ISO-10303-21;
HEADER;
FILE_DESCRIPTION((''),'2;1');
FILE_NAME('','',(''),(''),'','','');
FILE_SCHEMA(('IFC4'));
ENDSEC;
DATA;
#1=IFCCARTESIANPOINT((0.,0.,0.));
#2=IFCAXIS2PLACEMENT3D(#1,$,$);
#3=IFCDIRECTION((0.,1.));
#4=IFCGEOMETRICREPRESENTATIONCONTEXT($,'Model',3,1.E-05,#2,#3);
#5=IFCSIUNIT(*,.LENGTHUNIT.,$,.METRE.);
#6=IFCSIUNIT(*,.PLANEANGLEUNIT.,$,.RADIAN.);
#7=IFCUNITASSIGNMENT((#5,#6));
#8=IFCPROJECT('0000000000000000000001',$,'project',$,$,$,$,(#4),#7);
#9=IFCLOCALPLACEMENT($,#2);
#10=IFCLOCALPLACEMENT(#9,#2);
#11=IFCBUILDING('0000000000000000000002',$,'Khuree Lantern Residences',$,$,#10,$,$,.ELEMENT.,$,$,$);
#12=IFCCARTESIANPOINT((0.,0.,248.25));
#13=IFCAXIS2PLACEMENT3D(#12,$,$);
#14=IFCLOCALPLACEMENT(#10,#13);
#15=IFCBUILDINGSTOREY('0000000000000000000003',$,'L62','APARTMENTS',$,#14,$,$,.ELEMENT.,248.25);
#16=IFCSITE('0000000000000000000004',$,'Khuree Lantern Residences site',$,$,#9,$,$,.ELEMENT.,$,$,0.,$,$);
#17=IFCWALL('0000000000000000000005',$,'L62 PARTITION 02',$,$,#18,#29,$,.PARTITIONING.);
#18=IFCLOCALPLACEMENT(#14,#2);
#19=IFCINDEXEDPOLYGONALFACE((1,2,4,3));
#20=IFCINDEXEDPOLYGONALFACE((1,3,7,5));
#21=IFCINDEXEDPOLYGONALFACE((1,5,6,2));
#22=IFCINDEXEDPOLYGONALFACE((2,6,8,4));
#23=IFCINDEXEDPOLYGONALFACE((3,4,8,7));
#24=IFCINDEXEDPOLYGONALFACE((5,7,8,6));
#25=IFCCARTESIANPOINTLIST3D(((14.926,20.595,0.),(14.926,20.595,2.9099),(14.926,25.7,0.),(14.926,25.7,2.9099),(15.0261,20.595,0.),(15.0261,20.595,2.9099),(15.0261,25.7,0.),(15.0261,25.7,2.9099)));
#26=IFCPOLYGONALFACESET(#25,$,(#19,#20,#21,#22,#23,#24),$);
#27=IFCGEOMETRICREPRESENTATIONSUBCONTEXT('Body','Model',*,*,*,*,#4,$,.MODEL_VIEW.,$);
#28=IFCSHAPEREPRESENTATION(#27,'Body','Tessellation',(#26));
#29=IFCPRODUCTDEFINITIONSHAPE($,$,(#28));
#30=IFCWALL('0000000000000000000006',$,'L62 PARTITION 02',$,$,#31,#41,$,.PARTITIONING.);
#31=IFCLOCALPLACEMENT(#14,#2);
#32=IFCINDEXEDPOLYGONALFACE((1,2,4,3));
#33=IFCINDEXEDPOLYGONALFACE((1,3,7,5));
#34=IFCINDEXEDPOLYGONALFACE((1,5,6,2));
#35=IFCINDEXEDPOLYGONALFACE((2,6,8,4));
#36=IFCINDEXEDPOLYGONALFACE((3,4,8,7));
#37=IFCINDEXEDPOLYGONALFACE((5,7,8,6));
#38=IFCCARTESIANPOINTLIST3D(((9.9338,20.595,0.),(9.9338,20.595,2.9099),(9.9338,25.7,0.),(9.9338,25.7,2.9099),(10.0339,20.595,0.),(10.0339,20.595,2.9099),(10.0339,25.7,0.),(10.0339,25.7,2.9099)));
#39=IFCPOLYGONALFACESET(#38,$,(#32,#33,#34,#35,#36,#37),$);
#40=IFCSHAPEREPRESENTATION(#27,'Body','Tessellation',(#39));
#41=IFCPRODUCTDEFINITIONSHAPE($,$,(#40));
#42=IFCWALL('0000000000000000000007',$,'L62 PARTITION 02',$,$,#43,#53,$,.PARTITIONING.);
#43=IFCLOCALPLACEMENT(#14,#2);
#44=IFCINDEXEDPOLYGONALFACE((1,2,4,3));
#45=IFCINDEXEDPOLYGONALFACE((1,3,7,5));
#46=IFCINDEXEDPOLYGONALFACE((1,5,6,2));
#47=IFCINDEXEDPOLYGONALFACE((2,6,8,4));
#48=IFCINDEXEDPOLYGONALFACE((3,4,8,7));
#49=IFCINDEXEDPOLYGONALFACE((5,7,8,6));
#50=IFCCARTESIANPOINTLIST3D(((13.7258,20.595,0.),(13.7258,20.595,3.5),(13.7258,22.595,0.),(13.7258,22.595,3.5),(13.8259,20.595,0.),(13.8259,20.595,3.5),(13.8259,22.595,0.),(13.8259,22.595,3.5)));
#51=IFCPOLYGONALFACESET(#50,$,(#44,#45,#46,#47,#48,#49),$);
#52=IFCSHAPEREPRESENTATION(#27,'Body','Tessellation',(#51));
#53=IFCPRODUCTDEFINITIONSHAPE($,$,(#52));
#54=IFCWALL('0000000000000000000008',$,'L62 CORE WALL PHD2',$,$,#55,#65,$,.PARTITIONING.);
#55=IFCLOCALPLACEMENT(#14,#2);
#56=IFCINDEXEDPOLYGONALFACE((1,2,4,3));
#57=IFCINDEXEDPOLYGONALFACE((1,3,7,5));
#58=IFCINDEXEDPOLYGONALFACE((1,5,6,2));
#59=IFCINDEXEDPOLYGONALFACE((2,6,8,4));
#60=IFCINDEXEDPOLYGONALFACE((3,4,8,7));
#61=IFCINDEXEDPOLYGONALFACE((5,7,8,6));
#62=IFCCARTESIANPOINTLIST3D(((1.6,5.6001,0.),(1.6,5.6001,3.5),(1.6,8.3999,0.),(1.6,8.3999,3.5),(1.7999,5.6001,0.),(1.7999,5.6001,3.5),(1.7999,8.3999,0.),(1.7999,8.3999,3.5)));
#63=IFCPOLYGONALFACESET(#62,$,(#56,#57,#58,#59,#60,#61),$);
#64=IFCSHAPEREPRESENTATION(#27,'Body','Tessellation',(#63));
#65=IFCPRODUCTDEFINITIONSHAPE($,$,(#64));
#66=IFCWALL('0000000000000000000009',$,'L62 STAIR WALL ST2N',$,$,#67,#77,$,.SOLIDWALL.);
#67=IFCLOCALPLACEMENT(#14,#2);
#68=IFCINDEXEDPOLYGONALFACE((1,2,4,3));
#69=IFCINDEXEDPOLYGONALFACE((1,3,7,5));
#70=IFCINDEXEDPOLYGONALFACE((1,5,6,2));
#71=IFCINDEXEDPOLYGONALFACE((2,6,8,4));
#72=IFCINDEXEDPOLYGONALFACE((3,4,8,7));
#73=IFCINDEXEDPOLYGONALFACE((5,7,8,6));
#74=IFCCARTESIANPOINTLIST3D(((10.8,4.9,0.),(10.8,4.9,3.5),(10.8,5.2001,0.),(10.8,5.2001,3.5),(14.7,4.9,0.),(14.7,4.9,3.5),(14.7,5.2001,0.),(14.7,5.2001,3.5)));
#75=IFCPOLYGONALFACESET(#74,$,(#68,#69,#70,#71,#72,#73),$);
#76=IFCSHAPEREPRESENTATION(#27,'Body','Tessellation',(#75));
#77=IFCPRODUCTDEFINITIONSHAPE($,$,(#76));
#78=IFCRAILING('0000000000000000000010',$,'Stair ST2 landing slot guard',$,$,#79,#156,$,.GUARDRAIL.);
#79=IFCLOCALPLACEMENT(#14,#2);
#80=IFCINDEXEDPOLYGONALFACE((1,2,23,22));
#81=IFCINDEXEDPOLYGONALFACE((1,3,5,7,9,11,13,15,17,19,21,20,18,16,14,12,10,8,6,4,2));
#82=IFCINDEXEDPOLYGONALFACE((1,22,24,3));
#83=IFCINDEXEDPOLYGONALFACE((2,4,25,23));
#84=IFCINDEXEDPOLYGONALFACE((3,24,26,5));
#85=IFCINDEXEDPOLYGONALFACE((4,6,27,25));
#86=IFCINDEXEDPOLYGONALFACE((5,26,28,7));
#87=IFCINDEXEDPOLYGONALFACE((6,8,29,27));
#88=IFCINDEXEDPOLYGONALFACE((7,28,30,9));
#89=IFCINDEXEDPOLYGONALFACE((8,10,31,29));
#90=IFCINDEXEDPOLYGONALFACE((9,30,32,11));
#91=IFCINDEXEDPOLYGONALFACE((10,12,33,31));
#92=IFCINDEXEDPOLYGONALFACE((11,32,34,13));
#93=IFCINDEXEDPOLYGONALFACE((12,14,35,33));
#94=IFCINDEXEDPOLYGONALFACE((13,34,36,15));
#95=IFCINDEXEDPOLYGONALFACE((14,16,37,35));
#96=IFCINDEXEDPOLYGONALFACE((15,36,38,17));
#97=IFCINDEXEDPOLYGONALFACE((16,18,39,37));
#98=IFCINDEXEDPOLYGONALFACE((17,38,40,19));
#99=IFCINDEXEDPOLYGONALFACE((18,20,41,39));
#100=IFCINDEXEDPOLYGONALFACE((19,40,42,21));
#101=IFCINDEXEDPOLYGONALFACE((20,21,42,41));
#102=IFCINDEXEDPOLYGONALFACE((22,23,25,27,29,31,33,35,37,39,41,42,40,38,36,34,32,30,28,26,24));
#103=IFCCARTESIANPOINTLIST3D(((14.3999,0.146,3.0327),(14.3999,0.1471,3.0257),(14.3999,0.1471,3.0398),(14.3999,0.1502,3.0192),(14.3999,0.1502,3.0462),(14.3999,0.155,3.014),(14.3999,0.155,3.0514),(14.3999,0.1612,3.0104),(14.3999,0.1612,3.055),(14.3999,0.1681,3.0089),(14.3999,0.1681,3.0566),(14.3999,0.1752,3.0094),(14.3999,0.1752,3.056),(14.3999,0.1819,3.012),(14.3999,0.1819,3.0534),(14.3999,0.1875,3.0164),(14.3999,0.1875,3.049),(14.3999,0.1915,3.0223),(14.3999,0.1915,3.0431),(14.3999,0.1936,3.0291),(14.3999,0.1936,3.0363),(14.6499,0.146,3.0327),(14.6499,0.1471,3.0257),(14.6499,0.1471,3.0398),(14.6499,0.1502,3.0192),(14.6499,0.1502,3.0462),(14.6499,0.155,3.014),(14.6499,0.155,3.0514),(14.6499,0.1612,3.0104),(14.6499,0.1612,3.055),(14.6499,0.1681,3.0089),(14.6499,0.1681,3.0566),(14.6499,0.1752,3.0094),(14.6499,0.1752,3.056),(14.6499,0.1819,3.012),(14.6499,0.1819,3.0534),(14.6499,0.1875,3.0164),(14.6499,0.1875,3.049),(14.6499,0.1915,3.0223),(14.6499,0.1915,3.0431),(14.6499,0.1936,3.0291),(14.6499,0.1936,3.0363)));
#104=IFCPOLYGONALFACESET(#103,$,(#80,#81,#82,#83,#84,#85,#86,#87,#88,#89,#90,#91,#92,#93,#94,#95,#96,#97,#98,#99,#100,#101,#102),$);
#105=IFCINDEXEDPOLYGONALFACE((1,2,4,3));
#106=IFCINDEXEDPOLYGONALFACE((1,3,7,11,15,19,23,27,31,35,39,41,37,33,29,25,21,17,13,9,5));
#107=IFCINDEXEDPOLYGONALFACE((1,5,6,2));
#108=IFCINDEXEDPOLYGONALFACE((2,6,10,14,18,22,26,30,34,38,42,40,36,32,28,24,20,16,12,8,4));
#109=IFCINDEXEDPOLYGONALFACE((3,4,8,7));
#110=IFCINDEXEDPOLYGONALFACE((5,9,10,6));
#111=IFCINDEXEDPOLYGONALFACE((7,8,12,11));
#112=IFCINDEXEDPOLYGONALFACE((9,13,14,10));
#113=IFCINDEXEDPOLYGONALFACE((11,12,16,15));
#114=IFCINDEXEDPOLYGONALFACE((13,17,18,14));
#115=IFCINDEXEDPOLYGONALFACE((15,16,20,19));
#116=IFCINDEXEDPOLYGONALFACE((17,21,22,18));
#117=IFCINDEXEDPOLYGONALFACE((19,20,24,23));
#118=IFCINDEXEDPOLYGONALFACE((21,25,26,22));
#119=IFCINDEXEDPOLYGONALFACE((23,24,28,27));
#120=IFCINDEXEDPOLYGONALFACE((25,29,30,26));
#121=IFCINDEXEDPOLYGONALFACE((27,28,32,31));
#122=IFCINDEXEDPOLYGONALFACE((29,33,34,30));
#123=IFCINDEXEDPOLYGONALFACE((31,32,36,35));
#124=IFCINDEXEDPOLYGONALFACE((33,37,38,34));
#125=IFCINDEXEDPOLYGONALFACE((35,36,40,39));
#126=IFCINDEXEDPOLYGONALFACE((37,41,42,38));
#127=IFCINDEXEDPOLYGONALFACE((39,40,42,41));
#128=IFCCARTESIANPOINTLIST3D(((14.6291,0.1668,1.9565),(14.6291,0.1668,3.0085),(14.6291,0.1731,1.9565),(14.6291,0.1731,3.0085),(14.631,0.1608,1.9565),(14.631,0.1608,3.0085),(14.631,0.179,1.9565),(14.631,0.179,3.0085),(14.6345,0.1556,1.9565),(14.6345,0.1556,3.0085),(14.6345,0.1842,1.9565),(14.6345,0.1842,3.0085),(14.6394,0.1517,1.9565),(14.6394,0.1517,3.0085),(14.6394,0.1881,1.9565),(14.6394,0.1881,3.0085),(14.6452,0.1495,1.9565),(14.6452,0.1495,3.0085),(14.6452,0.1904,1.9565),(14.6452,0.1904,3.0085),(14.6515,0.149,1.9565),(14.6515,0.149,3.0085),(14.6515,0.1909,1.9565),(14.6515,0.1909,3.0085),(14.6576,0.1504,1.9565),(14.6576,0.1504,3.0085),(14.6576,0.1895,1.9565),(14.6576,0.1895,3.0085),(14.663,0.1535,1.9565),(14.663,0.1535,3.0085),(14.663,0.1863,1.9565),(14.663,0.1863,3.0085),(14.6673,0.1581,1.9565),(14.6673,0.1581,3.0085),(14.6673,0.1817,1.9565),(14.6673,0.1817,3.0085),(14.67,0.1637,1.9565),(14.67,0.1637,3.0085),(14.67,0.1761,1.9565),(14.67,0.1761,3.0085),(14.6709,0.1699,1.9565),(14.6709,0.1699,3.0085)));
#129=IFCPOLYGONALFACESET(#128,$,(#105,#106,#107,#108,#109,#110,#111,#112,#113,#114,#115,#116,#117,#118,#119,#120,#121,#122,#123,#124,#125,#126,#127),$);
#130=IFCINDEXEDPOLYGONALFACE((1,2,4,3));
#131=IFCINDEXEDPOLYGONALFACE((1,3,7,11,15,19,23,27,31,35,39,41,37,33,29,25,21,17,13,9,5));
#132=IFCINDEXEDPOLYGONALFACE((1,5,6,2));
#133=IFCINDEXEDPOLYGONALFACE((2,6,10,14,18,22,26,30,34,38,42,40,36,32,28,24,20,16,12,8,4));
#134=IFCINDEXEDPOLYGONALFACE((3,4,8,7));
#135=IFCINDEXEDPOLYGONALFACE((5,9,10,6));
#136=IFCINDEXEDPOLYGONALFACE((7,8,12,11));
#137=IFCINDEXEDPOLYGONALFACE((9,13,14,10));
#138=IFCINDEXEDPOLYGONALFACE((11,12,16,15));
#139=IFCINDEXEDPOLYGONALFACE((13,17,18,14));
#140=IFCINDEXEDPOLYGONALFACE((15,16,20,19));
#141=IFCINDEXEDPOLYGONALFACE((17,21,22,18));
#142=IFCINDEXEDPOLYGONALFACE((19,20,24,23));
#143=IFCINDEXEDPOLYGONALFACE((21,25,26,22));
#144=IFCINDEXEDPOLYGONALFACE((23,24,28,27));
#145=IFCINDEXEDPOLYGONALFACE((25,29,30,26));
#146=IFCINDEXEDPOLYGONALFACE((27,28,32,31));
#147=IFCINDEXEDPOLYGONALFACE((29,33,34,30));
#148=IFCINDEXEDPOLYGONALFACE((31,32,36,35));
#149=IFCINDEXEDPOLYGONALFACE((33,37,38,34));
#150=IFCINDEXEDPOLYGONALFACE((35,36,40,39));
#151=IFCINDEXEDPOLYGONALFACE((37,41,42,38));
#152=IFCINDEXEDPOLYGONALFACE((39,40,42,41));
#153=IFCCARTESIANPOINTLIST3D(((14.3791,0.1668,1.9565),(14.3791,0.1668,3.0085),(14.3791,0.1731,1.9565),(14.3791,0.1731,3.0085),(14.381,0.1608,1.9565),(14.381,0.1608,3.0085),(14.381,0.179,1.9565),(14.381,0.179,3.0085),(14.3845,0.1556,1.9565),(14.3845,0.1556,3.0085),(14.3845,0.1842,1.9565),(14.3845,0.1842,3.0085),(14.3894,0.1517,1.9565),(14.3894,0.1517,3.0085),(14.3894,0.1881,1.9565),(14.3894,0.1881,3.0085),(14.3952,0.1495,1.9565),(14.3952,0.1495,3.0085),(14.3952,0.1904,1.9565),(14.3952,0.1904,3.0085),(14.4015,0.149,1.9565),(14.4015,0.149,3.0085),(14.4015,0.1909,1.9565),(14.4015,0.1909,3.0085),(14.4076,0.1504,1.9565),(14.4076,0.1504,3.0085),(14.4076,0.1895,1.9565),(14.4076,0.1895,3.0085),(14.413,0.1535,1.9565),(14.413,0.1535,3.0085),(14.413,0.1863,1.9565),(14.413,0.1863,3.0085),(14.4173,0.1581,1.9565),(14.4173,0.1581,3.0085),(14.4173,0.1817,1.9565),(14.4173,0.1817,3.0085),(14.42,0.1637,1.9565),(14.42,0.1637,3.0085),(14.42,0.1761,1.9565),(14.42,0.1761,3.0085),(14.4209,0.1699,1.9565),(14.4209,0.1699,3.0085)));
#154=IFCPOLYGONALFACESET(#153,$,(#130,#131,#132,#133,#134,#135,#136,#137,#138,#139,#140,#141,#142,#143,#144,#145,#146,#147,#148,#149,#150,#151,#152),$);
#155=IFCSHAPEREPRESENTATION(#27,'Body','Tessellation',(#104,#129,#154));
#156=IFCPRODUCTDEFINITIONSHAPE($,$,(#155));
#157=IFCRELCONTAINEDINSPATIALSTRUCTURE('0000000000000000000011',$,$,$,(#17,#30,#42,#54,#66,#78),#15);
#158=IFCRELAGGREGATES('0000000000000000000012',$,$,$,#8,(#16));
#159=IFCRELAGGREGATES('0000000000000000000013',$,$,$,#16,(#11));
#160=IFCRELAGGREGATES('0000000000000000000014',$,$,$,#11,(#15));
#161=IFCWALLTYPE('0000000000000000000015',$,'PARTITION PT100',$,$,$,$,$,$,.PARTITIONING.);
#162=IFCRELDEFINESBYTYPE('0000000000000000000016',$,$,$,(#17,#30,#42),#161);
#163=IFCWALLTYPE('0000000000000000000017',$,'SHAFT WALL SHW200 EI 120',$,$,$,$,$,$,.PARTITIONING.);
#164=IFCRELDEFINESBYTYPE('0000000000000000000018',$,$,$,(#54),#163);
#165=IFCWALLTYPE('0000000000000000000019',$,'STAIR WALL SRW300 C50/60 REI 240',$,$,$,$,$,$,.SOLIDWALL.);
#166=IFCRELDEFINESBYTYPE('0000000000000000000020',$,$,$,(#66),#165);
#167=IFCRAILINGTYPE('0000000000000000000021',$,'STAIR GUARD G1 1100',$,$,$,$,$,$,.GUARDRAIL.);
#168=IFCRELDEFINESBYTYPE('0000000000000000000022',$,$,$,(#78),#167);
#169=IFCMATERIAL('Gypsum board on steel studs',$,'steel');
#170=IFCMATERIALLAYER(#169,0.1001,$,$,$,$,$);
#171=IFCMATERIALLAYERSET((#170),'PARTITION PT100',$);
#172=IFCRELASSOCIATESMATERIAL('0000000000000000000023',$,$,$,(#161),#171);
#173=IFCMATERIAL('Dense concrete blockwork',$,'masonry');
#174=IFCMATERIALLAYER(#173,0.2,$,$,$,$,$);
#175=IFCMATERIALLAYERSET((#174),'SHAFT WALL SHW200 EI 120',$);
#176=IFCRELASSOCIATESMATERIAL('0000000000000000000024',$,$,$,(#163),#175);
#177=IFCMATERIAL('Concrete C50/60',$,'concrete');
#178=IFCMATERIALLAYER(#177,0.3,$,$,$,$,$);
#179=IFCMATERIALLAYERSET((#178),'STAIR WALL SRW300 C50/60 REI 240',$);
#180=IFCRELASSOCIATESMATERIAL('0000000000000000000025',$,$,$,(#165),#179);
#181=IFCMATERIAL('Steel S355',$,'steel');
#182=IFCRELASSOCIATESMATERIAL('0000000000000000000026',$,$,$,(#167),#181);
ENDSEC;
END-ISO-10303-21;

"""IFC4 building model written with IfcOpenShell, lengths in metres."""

from ifc_helpers import new_model, si_unit, direction, frame, frame_2d, origin, origin_2d, place, context, subcontext, project, spatial, rectangle, circle, extrude, material, layer, layer_set, type_object, element, save


model = new_model("IFC4")

# Units and contexts
model_context = context("Model", 3, precision=1e-05, world=origin(), true_north=direction((0.0, 1.0)))
body_context = subcontext(model_context, "Body", "Model", "MODEL_VIEW")
ifc_project = project(units=[si_unit("LENGTHUNIT", "METRE"), si_unit("PLANEANGLEUNIT", "RADIAN")], contexts=[model_context])

# Site, building, storey
site_placement = place(None, origin())
site = spatial("IfcSite", under=ifc_project, at=site_placement, Name="Khuree Lantern Residences site", CompositionType="ELEMENT", RefElevation=0.0)
building_placement = place(site_placement, origin())
building = spatial("IfcBuilding", under=site, at=building_placement, Name="Khuree Lantern Residences", CompositionType="ELEMENT")
storey_placement = place(building_placement, frame((0.0, 0.0, 248.25)))
storey = spatial("IfcBuildingStorey", under=building, at=storey_placement, Name="L62", Description="APARTMENTS", CompositionType="ELEMENT", Elevation=248.25)

# Shared definitions
ifc_material_1 = material(Name="Concrete C50/60", Category="concrete")

# Shared definitions
ifc_material_2 = material(Name="Dense concrete blockwork", Category="masonry")

# Walls
ifc_material_3 = material(Name="Gypsum board on steel studs", Category="steel")
ifc_layer_1 = layer(ifc_material_3, 0.1001)
ifc_layer_set_1 = layer_set([ifc_layer_1], Name="PARTITION PT100")
wall_type_1 = type_object("IfcWallType", Name="PARTITION PT100", PredefinedType="PARTITIONING", material=ifc_layer_set_1)
for number, where, z_axis, x_axis, name in (
    (1, (14.9761, 20.595, 0.0), (0.0, 0.0, 1.0), (0.0, 1.0, 0.0), "L62 PARTITION 02"),
    (2, (9.9839, 20.595, 0.0), (0.0, 0.0, 1.0), (0.0, 1.0, 0.0), "L62 PARTITION 02"),
):
    element("IfcWall", number, at=place(storey_placement, frame(where, z_axis=z_axis, x_axis=x_axis)), inside=storey, type_object=wall_type_1, Name=name, PredefinedType="PARTITIONING", context=body_context, shape_type="SweptSolid", body=[
        extrude(rectangle(XDim=5.105, YDim=0.1001, at=frame_2d((2.5525, 0.0))), origin(), (0.0, 0.0, 1.0), 2.9099),
    ])
wall_1_placement = place(storey_placement, frame((13.7759, 20.595, 0.0), z_axis=(0.0, 0.0, 1.0), x_axis=(0.0, 1.0, 0.0)))
element("IfcWall", 3, at=wall_1_placement, inside=storey, type_object=wall_type_1, Name="L62 PARTITION 02", PredefinedType="PARTITIONING", context=body_context, shape_type="SweptSolid", body=[
    extrude(rectangle(XDim=2.0, YDim=0.1001, at=frame_2d((1.0, 0.0))), origin(), (0.0, 0.0, 1.0), 3.5),
])
ifc_layer_2 = layer(ifc_material_2, 0.2)
ifc_layer_set_2 = layer_set([ifc_layer_2], Name="SHAFT WALL SHW200 EI 120")
wall_type_2 = type_object("IfcWallType", Name="SHAFT WALL SHW200 EI 120", PredefinedType="PARTITIONING", material=ifc_layer_set_2)
wall_2_placement = place(storey_placement, frame((1.7, 5.6001, 0.0), z_axis=(0.0, 0.0, 1.0), x_axis=(0.0, 1.0, 0.0)))
element("IfcWall", 4, at=wall_2_placement, inside=storey, type_object=wall_type_2, Name="L62 CORE WALL PHD2", PredefinedType="PARTITIONING", context=body_context, shape_type="SweptSolid", body=[
    extrude(rectangle(XDim=2.7998, YDim=0.2, at=frame_2d((1.3999, 0.0))), origin(), (0.0, 0.0, 1.0), 3.5),
])
ifc_layer_3 = layer(ifc_material_1, 0.3)
ifc_layer_set_3 = layer_set([ifc_layer_3], Name="STAIR WALL SRW300 C50/60 REI 240")
wall_type_3 = type_object("IfcWallType", Name="STAIR WALL SRW300 C50/60 REI 240", PredefinedType="SOLIDWALL", material=ifc_layer_set_3)
wall_3_placement = place(storey_placement, frame((14.7, 5.05, 0.0), z_axis=(0.0, 0.0, 1.0), x_axis=(-1.0, 0.0, 0.0)))
element("IfcWall", 5, at=wall_3_placement, inside=storey, type_object=wall_type_3, Name="L62 STAIR WALL ST2N", PredefinedType="SOLIDWALL", context=body_context, shape_type="SweptSolid", body=[
    extrude(rectangle(XDim=3.8999, YDim=0.3, at=frame_2d((1.95, 0.0))), origin(), (0.0, 0.0, 1.0), 3.5),
])

# Railing
ifc_material_4 = material(Name="Steel S355", Category="steel")
railing_type = type_object("IfcRailingType", Name="STAIR GUARD G1 1100", PredefinedType="GUARDRAIL", material=ifc_material_4)
railing_placement = place(storey_placement, frame((14.6499, 0.1699, 1.9565)))
element("IfcRailing", 6, at=railing_placement, inside=storey, type_object=railing_type, Name="Stair ST2 landing slot guard", PredefinedType="GUARDRAIL", context=body_context, shape_type="SweptSolid", body=[
    extrude(circle(Radius=0.0239, at=origin_2d()), frame((0.0, 0.0, 1.0762), z_axis=(-1.0, 0.0, 0.0), x_axis=(0.0, -1.0, 0.0)), (0.0, 0.0, 1.0), 0.25),
    extrude(circle(Radius=0.021, at=origin_2d()), origin(), (0.0, 0.0, 1.0), 1.052),
    extrude(circle(Radius=0.021, at=origin_2d()), frame((-0.25, 0.0, 0.0)), (0.0, 0.0, 1.0), 1.052),
])

save(model, "model.ifc")
